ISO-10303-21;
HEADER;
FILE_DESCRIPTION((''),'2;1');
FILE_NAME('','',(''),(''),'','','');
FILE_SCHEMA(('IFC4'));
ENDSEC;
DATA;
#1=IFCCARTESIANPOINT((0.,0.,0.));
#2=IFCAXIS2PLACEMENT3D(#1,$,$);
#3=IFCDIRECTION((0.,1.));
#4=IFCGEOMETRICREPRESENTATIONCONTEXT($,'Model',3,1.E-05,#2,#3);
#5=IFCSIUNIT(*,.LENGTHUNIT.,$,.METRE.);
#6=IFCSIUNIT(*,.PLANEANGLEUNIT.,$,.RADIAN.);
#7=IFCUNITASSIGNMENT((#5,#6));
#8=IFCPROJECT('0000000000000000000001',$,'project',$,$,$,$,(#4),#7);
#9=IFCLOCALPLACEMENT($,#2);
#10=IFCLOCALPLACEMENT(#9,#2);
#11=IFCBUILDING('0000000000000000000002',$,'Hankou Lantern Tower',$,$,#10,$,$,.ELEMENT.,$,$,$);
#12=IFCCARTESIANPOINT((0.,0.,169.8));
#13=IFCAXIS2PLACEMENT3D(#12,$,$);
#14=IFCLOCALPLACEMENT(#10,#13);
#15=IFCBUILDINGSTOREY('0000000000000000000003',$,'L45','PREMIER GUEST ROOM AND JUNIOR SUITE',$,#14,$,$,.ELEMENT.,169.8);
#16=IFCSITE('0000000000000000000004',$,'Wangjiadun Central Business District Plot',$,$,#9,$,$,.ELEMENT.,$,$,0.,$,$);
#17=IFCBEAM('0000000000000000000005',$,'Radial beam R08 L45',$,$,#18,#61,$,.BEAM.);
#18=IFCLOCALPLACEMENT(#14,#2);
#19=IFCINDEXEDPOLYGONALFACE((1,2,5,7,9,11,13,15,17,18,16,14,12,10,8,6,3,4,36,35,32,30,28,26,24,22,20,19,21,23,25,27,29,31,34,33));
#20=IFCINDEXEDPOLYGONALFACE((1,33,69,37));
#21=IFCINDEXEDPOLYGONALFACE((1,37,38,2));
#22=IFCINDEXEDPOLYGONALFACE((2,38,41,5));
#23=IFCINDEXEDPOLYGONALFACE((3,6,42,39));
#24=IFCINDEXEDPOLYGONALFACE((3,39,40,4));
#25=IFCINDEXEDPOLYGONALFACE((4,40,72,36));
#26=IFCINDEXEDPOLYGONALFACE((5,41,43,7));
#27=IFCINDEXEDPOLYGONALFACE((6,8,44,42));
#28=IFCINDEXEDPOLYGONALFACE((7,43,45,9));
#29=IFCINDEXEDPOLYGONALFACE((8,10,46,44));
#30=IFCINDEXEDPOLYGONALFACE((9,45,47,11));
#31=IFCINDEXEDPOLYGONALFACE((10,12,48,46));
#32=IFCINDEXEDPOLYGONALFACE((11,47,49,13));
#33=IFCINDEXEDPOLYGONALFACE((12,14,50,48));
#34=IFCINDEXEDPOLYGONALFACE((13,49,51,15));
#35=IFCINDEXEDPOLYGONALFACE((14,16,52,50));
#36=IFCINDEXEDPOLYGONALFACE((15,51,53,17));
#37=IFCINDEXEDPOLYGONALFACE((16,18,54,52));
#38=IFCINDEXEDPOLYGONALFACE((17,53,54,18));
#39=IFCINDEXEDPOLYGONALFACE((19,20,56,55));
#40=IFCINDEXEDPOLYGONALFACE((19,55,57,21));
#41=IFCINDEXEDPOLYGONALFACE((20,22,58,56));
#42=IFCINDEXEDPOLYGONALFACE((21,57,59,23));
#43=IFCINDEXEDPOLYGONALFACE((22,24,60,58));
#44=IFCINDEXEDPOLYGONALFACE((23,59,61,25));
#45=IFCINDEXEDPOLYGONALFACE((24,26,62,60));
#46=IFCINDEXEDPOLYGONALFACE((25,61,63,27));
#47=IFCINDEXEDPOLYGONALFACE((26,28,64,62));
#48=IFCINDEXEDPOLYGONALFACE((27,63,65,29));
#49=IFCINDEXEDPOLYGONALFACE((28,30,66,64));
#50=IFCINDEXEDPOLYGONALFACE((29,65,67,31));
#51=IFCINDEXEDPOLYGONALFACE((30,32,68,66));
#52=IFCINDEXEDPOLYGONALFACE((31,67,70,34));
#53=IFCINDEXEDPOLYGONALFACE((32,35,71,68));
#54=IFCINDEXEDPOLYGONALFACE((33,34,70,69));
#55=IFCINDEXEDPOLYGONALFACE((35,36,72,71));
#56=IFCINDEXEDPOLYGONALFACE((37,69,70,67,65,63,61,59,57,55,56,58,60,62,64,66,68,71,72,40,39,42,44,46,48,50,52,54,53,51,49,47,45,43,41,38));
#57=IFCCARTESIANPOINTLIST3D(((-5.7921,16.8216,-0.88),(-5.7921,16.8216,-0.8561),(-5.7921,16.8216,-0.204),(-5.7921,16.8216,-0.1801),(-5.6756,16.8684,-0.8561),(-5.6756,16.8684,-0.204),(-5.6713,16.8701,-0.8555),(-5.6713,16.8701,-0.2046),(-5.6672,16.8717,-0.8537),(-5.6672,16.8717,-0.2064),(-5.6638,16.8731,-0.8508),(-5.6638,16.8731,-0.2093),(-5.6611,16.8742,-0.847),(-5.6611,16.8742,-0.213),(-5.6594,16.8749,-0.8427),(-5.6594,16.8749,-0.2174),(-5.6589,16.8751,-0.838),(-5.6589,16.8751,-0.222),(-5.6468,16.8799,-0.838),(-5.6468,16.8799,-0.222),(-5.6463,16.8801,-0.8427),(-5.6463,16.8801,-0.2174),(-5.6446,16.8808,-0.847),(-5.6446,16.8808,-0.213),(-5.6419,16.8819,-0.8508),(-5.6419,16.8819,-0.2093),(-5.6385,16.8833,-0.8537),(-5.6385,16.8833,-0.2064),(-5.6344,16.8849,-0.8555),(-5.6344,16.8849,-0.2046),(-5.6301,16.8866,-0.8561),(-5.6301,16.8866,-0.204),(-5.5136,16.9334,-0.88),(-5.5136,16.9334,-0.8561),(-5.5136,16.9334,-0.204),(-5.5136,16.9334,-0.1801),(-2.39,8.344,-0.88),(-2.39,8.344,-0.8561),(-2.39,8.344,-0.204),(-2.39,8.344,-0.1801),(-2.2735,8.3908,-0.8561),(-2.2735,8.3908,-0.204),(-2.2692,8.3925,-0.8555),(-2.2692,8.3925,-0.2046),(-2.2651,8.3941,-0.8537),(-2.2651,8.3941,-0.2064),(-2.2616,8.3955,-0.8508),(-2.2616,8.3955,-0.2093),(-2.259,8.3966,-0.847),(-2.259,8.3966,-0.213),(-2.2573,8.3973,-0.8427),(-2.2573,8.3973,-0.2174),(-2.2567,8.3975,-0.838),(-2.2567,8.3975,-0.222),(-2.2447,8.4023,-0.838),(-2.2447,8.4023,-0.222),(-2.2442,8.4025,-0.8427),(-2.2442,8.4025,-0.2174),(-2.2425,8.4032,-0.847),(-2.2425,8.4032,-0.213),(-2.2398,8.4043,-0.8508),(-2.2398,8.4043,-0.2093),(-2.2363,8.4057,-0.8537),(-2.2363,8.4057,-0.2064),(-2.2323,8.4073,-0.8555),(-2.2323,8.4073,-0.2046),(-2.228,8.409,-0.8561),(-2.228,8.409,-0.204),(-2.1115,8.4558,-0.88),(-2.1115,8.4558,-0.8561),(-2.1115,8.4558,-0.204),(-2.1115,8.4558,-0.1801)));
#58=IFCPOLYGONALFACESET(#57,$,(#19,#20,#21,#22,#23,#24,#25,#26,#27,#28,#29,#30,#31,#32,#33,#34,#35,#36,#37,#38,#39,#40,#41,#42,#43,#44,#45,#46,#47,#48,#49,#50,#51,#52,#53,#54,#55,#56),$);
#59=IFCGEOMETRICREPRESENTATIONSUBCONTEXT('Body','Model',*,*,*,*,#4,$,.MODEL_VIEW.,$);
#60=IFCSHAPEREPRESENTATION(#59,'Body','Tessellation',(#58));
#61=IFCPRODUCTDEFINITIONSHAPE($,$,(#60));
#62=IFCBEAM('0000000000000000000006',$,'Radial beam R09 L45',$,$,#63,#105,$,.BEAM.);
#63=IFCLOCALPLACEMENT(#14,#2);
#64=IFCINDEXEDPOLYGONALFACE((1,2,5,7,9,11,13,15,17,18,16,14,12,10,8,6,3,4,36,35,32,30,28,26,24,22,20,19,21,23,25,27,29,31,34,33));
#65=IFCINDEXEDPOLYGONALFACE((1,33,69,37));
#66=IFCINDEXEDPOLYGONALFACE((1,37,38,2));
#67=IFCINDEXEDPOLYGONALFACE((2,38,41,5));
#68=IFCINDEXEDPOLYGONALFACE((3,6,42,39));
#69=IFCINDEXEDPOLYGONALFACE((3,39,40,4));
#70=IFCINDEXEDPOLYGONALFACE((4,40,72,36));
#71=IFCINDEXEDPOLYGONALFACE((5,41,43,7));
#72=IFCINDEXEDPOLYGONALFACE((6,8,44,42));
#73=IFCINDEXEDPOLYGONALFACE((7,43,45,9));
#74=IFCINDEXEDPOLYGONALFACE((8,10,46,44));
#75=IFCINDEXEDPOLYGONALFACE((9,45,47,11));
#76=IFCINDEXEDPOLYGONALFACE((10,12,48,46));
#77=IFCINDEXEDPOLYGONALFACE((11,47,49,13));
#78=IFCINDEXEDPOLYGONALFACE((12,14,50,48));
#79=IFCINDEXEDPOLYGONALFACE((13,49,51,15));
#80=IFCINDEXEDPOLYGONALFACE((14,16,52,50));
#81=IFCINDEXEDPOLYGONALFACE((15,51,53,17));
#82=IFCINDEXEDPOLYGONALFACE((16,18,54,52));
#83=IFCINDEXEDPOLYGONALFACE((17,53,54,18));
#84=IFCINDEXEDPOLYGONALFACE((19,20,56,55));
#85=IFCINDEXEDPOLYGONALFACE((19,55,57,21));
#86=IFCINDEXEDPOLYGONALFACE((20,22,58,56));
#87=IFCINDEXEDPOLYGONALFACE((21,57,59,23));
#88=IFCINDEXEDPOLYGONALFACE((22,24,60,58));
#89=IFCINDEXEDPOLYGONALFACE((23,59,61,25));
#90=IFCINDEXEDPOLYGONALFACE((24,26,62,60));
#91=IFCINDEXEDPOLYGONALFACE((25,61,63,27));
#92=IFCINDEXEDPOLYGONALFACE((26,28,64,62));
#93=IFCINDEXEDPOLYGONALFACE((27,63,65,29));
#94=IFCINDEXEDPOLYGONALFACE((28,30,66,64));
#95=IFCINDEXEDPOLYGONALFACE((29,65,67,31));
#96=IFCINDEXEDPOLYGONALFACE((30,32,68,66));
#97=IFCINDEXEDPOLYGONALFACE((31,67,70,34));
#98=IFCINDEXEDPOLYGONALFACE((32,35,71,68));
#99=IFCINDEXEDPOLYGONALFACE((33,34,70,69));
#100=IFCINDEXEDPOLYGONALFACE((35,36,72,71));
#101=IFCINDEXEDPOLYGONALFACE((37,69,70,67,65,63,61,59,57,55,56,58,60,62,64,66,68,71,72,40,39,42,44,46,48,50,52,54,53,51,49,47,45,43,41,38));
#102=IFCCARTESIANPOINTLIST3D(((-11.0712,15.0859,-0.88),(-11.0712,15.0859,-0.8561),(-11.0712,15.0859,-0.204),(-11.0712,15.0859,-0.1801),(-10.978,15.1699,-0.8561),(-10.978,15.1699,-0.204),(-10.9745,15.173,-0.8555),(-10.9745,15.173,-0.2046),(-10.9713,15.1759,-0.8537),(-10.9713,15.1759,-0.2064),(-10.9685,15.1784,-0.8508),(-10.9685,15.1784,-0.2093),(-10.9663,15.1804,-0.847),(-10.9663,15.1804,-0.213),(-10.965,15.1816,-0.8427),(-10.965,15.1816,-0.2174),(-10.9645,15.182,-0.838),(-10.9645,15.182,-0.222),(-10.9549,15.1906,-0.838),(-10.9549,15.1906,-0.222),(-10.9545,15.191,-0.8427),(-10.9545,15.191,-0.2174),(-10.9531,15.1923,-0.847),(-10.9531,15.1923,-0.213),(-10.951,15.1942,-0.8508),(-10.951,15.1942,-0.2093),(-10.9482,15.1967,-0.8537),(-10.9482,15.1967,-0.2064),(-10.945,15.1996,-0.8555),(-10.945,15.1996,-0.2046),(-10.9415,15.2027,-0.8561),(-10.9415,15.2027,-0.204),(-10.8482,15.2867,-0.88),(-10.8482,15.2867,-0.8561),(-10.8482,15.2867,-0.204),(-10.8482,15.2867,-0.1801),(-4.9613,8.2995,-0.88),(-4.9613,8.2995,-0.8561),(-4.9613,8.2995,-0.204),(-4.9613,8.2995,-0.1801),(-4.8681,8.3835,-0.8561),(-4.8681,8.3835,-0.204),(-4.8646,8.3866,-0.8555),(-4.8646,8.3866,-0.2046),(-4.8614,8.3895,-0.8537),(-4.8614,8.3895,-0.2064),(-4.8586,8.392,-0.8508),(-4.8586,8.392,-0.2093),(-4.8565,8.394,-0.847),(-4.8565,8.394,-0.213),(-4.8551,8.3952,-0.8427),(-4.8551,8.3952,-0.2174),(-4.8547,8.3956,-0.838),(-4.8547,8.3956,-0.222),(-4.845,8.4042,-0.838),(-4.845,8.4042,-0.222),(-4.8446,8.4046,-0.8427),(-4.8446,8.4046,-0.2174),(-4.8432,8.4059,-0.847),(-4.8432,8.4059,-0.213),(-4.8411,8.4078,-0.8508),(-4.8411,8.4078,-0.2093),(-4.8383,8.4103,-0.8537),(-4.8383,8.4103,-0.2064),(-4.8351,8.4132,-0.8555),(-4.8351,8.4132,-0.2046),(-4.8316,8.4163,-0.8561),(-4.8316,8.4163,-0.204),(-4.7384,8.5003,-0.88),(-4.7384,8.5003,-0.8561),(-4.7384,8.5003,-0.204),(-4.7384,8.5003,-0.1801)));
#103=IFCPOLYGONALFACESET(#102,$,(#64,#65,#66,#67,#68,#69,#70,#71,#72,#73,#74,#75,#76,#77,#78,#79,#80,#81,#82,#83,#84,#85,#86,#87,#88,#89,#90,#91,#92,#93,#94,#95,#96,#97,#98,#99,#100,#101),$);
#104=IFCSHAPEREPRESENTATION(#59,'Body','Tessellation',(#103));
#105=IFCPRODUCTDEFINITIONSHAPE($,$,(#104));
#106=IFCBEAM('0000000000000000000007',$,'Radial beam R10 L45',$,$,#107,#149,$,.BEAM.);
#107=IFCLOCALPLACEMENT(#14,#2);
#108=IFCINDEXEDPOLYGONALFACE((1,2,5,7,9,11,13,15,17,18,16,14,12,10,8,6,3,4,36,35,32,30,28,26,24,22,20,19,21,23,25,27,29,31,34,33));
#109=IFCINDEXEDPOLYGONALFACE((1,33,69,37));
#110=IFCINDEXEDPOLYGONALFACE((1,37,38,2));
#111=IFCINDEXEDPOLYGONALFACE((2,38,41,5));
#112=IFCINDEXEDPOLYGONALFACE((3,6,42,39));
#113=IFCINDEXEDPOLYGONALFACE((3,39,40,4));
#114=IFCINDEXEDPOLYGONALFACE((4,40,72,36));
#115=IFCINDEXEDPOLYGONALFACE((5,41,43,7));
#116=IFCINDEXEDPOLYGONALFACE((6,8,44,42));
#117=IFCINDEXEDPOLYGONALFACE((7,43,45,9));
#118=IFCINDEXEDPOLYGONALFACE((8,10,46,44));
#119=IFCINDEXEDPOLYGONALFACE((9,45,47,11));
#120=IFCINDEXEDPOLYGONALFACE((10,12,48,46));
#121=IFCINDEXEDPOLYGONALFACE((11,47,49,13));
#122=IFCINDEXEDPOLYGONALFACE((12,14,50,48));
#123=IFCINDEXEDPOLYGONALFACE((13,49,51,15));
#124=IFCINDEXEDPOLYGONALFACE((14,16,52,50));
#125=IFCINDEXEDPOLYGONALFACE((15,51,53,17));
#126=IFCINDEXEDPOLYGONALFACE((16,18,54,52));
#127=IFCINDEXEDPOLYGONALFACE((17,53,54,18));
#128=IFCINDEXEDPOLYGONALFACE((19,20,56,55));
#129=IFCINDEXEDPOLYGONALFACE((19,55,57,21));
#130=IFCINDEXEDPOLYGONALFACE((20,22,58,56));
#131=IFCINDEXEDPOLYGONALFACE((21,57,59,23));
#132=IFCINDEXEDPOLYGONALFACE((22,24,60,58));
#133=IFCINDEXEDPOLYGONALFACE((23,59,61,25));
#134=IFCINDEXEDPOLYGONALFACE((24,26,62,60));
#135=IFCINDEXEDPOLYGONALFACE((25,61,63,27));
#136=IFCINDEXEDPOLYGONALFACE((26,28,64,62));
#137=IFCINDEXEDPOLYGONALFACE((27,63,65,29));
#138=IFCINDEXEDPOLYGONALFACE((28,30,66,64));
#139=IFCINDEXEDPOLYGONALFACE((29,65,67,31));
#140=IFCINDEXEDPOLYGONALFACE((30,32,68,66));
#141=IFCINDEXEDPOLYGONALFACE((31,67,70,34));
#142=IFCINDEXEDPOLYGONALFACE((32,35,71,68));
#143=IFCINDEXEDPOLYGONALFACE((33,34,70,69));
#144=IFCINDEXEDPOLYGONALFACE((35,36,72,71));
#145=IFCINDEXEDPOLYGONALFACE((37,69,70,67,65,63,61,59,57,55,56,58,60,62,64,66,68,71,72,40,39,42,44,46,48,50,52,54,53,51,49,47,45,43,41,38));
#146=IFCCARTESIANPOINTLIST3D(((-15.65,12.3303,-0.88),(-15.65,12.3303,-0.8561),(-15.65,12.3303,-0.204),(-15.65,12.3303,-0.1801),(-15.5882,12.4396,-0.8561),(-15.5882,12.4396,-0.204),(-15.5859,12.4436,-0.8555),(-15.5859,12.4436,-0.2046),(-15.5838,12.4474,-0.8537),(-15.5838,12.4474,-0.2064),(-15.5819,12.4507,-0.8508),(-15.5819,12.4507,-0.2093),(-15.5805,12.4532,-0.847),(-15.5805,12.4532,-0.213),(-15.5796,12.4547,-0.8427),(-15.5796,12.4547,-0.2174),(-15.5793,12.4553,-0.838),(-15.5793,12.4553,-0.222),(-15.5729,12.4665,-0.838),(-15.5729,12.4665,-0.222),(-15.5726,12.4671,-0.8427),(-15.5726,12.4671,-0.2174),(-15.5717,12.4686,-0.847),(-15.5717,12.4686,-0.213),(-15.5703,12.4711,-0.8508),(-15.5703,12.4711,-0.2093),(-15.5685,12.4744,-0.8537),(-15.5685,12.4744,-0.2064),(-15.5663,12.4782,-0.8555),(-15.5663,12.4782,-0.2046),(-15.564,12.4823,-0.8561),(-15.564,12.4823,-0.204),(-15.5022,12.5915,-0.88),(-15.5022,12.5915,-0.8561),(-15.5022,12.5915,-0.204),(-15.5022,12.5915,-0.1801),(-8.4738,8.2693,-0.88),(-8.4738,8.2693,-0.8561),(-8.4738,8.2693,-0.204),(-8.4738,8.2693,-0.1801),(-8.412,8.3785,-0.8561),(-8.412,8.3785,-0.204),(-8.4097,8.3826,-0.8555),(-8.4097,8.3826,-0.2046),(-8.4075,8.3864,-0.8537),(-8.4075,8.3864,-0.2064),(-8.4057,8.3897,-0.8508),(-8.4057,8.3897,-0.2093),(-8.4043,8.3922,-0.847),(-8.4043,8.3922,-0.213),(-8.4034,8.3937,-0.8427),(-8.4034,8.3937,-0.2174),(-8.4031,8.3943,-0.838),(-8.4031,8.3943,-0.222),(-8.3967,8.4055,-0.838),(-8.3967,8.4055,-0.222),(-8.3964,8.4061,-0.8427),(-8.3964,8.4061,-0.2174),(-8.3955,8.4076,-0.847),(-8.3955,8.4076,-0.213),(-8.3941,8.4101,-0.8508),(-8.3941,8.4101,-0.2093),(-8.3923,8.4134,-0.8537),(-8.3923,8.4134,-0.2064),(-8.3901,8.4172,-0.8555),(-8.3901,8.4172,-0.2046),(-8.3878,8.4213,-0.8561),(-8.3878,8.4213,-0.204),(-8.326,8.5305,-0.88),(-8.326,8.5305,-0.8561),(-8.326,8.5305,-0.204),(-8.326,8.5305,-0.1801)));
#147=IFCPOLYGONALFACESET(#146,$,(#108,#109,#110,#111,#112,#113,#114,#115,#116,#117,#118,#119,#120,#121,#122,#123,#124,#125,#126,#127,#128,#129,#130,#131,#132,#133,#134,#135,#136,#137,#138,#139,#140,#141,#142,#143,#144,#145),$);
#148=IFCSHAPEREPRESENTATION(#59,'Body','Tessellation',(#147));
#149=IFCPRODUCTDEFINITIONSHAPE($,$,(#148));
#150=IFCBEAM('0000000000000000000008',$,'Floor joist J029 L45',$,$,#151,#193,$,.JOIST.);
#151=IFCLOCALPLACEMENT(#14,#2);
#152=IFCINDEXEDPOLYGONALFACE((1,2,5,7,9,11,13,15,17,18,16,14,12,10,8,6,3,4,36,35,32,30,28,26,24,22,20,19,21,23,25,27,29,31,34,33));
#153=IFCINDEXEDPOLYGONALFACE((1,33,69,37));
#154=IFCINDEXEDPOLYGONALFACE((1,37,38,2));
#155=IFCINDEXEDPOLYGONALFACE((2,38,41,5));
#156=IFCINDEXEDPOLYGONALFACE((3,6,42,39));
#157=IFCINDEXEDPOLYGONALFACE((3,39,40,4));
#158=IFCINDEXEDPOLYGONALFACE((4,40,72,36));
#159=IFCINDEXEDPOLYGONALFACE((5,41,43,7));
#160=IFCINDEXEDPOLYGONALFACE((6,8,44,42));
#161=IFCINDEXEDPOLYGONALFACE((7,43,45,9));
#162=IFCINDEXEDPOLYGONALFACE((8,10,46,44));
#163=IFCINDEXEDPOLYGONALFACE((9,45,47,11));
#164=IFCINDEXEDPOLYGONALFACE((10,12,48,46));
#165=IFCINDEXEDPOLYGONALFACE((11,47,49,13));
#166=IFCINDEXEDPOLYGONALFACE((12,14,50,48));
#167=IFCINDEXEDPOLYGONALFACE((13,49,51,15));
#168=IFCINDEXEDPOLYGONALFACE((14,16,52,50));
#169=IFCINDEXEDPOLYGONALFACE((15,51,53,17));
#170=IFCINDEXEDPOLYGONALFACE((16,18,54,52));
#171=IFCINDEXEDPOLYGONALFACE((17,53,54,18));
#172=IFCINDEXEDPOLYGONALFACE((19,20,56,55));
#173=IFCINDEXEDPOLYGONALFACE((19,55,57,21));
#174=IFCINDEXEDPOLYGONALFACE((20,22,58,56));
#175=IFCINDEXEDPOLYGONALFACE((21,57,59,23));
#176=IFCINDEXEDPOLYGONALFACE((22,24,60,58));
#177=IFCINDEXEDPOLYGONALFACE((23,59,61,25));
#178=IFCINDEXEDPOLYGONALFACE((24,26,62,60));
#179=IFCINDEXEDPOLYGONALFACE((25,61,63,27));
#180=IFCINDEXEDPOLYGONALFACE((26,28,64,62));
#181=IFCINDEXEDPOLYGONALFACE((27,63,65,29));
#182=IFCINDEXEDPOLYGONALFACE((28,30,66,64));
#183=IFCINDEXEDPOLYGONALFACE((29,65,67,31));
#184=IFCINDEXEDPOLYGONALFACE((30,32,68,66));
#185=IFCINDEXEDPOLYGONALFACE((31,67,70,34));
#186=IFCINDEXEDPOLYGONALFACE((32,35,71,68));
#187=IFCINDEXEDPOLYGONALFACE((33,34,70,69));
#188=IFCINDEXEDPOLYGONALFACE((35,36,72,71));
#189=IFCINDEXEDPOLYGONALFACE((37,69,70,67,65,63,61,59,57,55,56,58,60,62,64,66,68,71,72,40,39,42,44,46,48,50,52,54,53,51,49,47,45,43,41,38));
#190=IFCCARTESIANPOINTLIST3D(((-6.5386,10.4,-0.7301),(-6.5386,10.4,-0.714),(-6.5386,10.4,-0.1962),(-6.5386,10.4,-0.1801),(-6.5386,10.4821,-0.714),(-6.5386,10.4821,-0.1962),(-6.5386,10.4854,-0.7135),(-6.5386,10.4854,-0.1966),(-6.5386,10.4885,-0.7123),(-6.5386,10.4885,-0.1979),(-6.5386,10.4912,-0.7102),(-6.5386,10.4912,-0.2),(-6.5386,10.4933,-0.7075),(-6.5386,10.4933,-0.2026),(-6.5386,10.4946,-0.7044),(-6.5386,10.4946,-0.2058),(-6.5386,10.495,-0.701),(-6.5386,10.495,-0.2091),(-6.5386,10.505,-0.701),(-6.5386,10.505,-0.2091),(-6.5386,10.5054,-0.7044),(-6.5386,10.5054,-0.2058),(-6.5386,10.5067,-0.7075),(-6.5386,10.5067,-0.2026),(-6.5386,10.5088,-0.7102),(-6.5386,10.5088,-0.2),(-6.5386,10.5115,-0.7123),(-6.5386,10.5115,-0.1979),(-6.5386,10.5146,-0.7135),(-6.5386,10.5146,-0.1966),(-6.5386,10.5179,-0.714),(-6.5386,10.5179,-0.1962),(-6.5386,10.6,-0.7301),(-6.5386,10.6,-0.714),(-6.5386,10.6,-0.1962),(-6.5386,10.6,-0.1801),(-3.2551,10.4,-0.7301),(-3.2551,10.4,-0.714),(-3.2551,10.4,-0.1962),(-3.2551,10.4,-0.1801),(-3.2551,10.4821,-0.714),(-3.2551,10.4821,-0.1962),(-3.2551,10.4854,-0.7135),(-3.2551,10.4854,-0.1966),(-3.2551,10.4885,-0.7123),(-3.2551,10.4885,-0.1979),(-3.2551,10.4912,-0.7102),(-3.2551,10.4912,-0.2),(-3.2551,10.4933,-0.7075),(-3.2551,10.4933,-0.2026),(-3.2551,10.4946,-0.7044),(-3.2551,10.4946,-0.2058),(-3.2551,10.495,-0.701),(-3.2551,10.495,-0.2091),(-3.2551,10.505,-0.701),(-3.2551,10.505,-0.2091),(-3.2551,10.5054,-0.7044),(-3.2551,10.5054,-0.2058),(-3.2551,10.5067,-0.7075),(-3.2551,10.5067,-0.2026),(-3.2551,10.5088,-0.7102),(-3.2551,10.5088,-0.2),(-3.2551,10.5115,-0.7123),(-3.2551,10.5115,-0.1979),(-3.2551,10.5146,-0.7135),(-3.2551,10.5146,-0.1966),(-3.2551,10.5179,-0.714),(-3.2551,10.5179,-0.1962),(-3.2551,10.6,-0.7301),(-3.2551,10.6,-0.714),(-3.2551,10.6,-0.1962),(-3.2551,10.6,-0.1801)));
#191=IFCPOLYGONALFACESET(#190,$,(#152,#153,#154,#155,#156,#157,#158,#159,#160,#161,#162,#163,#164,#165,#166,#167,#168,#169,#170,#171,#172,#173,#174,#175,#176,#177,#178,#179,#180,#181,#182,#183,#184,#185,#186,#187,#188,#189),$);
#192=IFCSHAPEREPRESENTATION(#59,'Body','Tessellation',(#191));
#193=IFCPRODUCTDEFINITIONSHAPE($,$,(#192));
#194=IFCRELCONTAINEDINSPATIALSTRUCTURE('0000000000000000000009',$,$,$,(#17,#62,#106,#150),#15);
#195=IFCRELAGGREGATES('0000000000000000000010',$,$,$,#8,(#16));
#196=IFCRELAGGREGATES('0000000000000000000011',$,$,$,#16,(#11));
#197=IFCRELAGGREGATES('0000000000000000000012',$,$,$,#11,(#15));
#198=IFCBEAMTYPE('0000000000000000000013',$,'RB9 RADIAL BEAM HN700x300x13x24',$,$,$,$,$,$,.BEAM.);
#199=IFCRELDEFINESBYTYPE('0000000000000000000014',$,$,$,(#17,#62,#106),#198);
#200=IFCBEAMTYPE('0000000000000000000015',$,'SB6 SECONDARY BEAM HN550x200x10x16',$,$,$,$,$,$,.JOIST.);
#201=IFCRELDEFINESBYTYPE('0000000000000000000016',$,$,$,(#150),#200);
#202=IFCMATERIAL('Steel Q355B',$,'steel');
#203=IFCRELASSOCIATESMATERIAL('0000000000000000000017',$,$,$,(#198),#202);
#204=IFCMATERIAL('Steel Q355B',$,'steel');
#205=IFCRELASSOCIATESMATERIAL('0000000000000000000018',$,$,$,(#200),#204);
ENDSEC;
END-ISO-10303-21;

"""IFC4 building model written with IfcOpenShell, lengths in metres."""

from ifc_helpers import new_model, si_unit, direction, frame, origin, origin_2d, place, context, subcontext, project, spatial, i_section, extrude, material, material_profile, profile_set, type_object, element, save


model = new_model("IFC4")

# Units and contexts
model_context = context("Model", 3, precision=1e-05, world=origin(), true_north=direction((0.0, 1.0)))
body_context = subcontext(model_context, "Body", "Model", "MODEL_VIEW")
ifc_project = project(units=[si_unit("LENGTHUNIT", "METRE"), si_unit("PLANEANGLEUNIT", "RADIAN")], contexts=[model_context])

# Site, building, storey
site_placement = place(None, origin())
site = spatial("IfcSite", under=ifc_project, at=site_placement, Name="Wangjiadun Central Business District Plot", CompositionType="ELEMENT", RefElevation=0.0)
building_placement = place(site_placement, origin())
building = spatial("IfcBuilding", under=site, at=building_placement, Name="Hankou Lantern Tower", CompositionType="ELEMENT")
storey_placement = place(building_placement, frame((0.0, 0.0, 169.8)))
storey = spatial("IfcBuildingStorey", under=building, at=storey_placement, Name="L45", Description="PREMIER GUEST ROOM AND JUNIOR SUITE", CompositionType="ELEMENT", Elevation=169.8)

# Beams
ifc_material_1 = material(Name="Steel Q355B", Category="steel")
ifc_material_profile_1 = material_profile(ifc_material_1, i_section(OverallWidth=0.3, OverallDepth=0.7, WebThickness=0.0129, FlangeThickness=0.0239, FilletRadius=0.0181, at=origin_2d()), Name="HN700x300x13x24")
ifc_profile_set_1 = profile_set([ifc_material_profile_1], Name="Steel Q355B")
beam_type_1 = type_object("IfcBeamType", Name="RB9 RADIAL BEAM HN700x300x13x24", PredefinedType="BEAM", material=ifc_profile_set_1)
beam_1_placement = place(storey_placement, frame((-2.2507, 8.3999, -0.53), z_axis=(-0.372436, 0.928058, 0.0), x_axis=(-0.928058, -0.372436, 0.0)))
element("IfcBeam", 1, at=beam_1_placement, inside=storey, type_object=beam_type_1, Name="Radial beam R08 L45", PredefinedType="BEAM", context=body_context, shape_type="SweptSolid", body=[
    extrude(i_section(OverallWidth=0.3, OverallDepth=0.7, WebThickness=0.0129, FlangeThickness=0.0239, FilletRadius=0.0181, at=origin_2d()), origin(), (0.0, 0.0, 1.0), 9.1348),
])
beam_2_placement = place(storey_placement, frame((-4.8499, 8.3999, -0.53), z_axis=(-0.669093, 0.743178, 0.0), x_axis=(-0.743178, -0.669093, 0.0)))
element("IfcBeam", 2, at=beam_2_placement, inside=storey, type_object=beam_type_1, Name="Radial beam R09 L45", PredefinedType="BEAM", context=body_context, shape_type="SweptSolid", body=[
    extrude(i_section(OverallWidth=0.3, OverallDepth=0.7, WebThickness=0.0129, FlangeThickness=0.0239, FilletRadius=0.0181, at=origin_2d()), origin(), (0.0, 0.0, 1.0), 9.1316),
])
beam_3_placement = place(storey_placement, frame((-8.3999, 8.3999, -0.53), z_axis=(-0.870309, 0.492506, 0.0), x_axis=(-0.492506, -0.870309, 0.0)))
element("IfcBeam", 3, at=beam_3_placement, inside=storey, type_object=beam_type_1, Name="Radial beam R10 L45", PredefinedType="BEAM", context=body_context, shape_type="SweptSolid", body=[
    extrude(i_section(OverallWidth=0.3, OverallDepth=0.7, WebThickness=0.0129, FlangeThickness=0.0239, FilletRadius=0.0181, at=origin_2d()), origin(), (0.0, 0.0, 1.0), 8.2456),
])
ifc_material_2 = material(Name="Steel Q355B", Category="steel")
ifc_material_profile_2 = material_profile(ifc_material_2, i_section(OverallWidth=0.2, OverallDepth=0.55, WebThickness=0.01, FlangeThickness=0.0161, FilletRadius=0.0129, at=origin_2d()), Name="HN550x200x10x16")
ifc_profile_set_2 = profile_set([ifc_material_profile_2], Name="Steel Q355B")
beam_type_2 = type_object("IfcBeamType", Name="SB6 SECONDARY BEAM HN550x200x10x16", PredefinedType="JOIST", material=ifc_profile_set_2)
beam_4_placement = place(storey_placement, frame((-6.5386, 10.5, -0.4551), z_axis=(1.0, 0.0, 0.0), x_axis=(0.0, 1.0, 0.0)))
element("IfcBeam", 4, at=beam_4_placement, inside=storey, type_object=beam_type_2, Name="Floor joist J029 L45", PredefinedType="JOIST", context=body_context, shape_type="SweptSolid", body=[
    extrude(i_section(OverallWidth=0.2, OverallDepth=0.55, WebThickness=0.01, FlangeThickness=0.0161, FilletRadius=0.0129, at=origin_2d()), origin(), (0.0, 0.0, 1.0), 3.2834),
])

save(model, "model.ifc")
